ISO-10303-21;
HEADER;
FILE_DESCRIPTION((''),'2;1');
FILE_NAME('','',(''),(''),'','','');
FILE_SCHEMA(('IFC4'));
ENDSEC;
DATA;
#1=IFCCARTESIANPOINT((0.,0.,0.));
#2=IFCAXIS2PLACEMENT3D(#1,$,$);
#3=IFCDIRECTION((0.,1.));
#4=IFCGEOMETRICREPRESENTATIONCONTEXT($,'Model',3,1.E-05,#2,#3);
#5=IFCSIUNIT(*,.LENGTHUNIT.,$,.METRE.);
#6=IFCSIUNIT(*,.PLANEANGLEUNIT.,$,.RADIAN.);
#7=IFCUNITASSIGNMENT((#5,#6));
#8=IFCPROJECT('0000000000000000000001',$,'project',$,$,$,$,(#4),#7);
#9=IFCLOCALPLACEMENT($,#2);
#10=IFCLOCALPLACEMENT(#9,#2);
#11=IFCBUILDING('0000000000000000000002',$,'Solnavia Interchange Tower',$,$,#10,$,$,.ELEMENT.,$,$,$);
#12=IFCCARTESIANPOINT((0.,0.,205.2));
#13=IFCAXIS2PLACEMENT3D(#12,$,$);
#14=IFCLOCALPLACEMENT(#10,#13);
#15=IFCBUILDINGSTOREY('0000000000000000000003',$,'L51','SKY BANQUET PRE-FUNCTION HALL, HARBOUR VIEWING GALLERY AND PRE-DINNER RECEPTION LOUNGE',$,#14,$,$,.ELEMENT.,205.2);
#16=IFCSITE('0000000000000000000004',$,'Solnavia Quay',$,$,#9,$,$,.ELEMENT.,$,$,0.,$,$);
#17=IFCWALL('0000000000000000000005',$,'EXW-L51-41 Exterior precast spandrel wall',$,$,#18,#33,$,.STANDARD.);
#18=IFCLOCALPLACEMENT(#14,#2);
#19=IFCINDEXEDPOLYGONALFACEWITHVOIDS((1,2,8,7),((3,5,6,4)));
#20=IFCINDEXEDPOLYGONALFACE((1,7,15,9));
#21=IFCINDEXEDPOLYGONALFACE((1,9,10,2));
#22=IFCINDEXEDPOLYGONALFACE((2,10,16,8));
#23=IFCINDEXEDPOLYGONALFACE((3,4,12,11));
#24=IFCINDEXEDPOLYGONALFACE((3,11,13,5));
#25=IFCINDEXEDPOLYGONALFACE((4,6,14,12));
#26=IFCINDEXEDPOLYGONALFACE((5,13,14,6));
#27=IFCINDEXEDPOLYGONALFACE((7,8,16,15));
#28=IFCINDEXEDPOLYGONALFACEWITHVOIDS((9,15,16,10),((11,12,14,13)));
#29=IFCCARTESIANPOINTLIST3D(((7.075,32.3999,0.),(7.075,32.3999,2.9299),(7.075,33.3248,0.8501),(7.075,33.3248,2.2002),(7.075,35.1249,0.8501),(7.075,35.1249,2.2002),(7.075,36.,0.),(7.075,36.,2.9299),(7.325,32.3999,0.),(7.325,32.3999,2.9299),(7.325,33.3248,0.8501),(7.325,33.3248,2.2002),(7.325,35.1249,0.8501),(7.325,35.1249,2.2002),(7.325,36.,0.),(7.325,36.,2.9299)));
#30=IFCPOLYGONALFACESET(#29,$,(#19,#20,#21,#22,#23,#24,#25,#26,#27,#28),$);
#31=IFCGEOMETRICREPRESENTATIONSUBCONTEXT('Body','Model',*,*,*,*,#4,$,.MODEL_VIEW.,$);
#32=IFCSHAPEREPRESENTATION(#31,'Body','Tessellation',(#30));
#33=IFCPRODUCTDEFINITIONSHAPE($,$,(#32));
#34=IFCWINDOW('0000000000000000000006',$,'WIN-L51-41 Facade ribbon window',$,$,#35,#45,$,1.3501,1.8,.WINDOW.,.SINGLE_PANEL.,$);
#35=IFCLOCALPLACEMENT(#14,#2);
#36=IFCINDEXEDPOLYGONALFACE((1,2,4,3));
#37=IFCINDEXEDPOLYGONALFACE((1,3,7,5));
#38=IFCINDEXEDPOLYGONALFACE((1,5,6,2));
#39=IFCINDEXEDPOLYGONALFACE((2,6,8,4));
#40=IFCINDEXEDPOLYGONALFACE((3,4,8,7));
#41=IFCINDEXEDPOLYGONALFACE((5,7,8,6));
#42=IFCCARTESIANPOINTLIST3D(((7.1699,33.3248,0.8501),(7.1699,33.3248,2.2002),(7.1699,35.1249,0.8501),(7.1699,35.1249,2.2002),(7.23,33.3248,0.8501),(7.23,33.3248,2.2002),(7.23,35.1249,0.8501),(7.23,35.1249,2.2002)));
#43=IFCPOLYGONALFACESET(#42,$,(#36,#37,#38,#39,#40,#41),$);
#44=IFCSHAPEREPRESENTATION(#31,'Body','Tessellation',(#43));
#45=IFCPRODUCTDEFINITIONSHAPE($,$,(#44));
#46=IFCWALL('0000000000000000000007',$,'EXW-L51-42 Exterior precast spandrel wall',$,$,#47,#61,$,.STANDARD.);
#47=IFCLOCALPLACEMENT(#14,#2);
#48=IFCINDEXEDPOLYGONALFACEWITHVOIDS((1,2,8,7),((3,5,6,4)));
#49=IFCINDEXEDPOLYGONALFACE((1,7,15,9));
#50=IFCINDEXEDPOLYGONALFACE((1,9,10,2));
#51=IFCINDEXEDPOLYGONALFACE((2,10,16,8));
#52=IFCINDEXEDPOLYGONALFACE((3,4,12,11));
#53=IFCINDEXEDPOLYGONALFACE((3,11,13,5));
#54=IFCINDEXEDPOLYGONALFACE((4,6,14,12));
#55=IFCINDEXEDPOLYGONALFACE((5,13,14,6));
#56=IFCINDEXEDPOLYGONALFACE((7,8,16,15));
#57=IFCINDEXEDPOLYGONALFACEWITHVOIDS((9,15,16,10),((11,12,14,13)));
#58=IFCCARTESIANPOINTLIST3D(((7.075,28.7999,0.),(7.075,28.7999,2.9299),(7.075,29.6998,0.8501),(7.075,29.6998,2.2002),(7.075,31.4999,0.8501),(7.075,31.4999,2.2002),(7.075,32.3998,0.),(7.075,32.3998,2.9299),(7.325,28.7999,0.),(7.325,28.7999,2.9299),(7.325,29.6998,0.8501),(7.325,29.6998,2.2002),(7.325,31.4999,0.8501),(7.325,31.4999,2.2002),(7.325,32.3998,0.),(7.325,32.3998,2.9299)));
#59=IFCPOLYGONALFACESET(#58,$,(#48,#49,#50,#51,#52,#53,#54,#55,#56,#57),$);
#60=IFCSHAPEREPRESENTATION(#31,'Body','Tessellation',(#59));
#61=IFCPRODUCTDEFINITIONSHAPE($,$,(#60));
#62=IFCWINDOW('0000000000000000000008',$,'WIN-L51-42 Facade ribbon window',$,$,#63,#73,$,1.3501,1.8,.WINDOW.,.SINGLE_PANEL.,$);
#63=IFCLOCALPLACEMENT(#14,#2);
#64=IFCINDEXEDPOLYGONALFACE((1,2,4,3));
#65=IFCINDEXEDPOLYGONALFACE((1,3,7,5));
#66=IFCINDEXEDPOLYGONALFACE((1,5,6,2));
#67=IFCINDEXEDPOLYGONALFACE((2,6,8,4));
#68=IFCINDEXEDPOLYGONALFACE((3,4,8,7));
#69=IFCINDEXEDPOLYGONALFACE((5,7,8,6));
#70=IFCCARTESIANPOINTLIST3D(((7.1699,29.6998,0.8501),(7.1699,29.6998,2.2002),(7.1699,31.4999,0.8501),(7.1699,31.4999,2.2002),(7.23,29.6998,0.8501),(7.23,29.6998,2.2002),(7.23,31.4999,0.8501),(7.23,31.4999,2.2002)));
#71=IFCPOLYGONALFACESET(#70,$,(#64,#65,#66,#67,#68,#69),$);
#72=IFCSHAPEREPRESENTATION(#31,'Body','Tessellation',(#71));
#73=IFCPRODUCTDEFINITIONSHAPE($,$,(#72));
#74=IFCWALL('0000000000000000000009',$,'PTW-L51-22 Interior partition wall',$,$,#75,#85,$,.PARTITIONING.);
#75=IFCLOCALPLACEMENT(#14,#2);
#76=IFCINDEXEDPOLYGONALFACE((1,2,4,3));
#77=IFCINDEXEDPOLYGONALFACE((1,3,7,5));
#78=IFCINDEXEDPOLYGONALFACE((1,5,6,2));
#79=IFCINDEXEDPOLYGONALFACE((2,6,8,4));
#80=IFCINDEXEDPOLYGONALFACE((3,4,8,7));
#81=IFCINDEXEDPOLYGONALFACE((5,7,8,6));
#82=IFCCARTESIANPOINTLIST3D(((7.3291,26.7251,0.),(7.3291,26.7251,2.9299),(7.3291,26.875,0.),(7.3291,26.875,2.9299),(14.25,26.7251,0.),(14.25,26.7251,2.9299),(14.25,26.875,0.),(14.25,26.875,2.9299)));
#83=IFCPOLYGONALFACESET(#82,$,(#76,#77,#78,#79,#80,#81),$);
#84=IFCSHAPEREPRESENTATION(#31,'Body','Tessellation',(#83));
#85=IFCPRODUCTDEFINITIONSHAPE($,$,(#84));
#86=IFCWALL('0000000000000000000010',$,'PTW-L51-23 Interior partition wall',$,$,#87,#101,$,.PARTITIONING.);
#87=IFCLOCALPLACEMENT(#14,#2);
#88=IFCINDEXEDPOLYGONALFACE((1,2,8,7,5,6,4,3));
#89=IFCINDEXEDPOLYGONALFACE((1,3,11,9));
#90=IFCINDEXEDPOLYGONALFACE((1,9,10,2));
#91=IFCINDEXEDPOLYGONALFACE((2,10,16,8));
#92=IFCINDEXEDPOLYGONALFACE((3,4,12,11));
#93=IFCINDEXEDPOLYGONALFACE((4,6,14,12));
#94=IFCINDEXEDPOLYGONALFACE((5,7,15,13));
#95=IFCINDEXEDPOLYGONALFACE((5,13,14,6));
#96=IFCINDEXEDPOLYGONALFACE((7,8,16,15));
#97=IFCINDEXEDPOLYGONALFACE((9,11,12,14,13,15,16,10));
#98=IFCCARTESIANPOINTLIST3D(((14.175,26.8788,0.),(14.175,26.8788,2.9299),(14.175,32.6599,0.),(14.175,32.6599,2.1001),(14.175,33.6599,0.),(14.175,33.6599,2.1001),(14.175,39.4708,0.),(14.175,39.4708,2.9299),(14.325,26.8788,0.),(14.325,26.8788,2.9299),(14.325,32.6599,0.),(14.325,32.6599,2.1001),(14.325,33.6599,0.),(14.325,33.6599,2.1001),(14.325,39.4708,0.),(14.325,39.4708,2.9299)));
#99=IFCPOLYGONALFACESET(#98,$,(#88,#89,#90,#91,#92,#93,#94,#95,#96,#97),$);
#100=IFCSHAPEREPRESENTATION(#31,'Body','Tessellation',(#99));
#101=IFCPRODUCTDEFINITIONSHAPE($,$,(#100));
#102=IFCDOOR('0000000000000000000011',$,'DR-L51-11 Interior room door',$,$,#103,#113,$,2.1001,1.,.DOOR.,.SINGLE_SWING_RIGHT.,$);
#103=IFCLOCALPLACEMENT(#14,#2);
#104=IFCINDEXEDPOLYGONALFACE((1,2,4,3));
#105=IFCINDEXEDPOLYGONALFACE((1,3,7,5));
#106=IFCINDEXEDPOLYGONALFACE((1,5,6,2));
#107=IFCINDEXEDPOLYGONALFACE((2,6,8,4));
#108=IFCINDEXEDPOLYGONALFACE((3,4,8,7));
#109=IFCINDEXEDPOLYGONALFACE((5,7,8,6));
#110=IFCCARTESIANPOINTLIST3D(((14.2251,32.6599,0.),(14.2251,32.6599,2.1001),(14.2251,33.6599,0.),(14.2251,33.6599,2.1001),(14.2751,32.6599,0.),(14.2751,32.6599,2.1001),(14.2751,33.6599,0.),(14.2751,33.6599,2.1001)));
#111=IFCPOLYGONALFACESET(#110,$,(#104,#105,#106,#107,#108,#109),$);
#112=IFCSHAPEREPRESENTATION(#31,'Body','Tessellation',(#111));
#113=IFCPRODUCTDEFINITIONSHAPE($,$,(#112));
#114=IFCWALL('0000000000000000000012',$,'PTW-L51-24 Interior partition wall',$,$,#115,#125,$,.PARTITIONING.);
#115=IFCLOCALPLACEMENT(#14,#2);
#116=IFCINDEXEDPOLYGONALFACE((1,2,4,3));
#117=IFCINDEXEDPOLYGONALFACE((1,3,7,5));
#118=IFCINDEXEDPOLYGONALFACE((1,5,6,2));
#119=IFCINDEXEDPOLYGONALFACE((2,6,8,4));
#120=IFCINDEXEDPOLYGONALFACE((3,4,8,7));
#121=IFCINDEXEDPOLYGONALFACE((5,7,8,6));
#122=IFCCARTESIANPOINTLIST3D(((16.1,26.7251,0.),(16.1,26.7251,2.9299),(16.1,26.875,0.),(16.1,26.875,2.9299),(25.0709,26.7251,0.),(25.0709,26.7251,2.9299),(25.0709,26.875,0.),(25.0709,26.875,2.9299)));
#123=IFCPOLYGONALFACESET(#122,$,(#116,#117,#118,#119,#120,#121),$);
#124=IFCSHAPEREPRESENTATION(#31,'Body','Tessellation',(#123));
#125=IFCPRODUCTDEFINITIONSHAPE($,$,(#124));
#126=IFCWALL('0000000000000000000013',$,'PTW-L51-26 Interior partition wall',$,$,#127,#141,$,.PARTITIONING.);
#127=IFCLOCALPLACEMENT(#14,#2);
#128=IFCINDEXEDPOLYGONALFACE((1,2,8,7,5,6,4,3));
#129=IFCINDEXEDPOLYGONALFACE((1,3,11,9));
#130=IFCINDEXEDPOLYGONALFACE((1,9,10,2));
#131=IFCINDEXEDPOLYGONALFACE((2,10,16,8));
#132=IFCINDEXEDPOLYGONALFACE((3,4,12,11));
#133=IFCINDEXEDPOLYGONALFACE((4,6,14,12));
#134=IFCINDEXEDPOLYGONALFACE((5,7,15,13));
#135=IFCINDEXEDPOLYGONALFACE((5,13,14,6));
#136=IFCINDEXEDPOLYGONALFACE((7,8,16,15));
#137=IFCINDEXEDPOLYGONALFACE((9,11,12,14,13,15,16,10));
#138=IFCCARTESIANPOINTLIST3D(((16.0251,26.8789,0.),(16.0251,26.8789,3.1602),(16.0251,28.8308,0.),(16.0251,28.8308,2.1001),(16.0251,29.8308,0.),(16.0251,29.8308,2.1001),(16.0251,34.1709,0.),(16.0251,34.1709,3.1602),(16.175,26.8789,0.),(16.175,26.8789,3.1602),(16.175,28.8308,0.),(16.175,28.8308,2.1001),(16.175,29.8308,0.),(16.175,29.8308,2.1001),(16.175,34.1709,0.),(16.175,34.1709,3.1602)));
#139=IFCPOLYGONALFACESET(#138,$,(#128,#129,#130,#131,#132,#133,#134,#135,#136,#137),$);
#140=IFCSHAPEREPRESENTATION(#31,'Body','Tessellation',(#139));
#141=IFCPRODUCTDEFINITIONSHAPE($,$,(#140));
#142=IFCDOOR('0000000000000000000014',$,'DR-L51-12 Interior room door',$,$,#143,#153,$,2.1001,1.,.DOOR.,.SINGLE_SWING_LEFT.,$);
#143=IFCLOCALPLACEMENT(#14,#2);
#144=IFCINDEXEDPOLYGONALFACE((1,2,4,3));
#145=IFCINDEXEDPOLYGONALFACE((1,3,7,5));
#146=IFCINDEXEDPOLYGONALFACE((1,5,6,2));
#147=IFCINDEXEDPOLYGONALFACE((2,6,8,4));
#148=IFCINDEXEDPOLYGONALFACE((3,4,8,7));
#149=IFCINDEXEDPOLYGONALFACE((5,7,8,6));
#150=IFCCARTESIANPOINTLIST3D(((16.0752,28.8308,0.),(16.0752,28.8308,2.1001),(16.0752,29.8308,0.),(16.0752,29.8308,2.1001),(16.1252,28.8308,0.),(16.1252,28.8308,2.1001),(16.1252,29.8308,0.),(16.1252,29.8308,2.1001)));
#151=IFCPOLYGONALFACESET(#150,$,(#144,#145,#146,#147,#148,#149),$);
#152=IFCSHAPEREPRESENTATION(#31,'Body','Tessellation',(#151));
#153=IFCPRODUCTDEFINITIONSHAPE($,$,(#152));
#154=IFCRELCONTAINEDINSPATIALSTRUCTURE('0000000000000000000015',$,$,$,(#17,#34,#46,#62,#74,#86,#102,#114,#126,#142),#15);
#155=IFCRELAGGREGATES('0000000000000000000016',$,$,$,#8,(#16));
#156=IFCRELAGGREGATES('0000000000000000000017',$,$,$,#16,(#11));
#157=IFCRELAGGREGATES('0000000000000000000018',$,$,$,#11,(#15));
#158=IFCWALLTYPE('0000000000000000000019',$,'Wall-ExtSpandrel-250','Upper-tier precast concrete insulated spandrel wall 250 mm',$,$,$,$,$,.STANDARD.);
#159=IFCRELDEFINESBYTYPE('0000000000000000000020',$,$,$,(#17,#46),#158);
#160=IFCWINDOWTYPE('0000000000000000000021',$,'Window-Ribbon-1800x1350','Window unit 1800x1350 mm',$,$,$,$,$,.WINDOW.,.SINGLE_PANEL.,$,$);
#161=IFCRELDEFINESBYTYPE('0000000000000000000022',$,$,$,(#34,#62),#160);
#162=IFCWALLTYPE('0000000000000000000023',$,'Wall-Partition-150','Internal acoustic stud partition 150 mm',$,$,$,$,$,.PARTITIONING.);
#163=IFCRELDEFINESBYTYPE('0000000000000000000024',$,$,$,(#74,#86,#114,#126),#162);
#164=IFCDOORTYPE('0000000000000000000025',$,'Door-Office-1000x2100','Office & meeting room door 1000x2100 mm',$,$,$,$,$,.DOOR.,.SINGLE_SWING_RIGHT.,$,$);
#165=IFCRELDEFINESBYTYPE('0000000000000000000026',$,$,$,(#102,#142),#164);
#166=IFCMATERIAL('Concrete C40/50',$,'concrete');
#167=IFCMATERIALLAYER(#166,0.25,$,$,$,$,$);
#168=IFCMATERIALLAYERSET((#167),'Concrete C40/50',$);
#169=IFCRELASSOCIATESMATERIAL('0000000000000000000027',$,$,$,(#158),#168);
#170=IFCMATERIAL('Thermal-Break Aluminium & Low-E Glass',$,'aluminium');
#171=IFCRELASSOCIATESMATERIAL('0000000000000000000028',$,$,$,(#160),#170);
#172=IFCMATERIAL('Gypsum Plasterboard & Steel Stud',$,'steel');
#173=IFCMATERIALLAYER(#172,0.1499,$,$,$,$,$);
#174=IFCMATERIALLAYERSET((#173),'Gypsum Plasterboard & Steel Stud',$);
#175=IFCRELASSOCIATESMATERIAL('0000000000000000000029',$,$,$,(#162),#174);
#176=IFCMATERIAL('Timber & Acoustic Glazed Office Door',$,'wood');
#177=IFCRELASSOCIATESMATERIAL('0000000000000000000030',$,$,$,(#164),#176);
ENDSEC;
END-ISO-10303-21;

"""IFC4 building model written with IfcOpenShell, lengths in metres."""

from ifc_helpers import new_model, si_unit, direction, frame, frame_2d, origin, place, context, subcontext, project, spatial, rectangle, extrude, material, layer, layer_set, type_object, element, fill, save


model = new_model("IFC4")

# Units and contexts
model_context = context("Model", 3, precision=1e-05, world=origin(), true_north=direction((0.0, 1.0)))
body_context = subcontext(model_context, "Body", "Model", "MODEL_VIEW")
ifc_project = project(units=[si_unit("LENGTHUNIT", "METRE"), si_unit("PLANEANGLEUNIT", "RADIAN")], contexts=[model_context])

# Site, building, storey
site_placement = place(None, origin())
site = spatial("IfcSite", under=ifc_project, at=site_placement, Name="Solnavia Quay", CompositionType="ELEMENT", RefElevation=0.0)
building_placement = place(site_placement, origin())
building = spatial("IfcBuilding", under=site, at=building_placement, Name="Solnavia Interchange Tower", CompositionType="ELEMENT")
storey_placement = place(building_placement, frame((0.0, 0.0, 205.2)))
storey = spatial("IfcBuildingStorey", under=building, at=storey_placement, Name="L51", Description="SKY BANQUET PRE-FUNCTION HALL, HARBOUR VIEWING GALLERY AND PRE-DINNER RECEPTION LOUNGE", CompositionType="ELEMENT", Elevation=205.2)

# Walls, openings, windows
ifc_material_1 = material(Name="Concrete C40/50", Category="concrete")
ifc_layer_1 = layer(ifc_material_1, 0.25)
ifc_layer_set_1 = layer_set([ifc_layer_1], Name="Concrete C40/50")
wall_type_1 = type_object("IfcWallType", Name="Wall-ExtSpandrel-250", Description="Upper-tier precast concrete insulated spandrel wall 250 mm", PredefinedType="STANDARD", material=ifc_layer_set_1)
wall_1_placement = place(storey_placement, frame((7.2, 32.3999, 0.0), z_axis=(0.0, 0.0, 1.0), x_axis=(0.0, 1.0, 0.0)))
wall_1 = element("IfcWall", 1, at=wall_1_placement, inside=storey, type_object=wall_type_1, Name="EXW-L51-41 Exterior precast spandrel wall", PredefinedType="STANDARD", context=body_context, shape_type="SweptSolid", body=[
    extrude(rectangle(XDim=3.6001, YDim=0.25, at=frame_2d((1.8, 0.0))), origin(), (0.0, 0.0, 1.0), 2.9299),
])
opening_1_placement = place(wall_1_placement, frame((0.925, 0.0, 0.8501)))
opening_1 = element("IfcOpeningElement", 2, at=opening_1_placement, cuts=wall_1, PredefinedType="OPENING", context=body_context, shape_type="SweptSolid", body=[
    extrude(rectangle(XDim=1.8, YDim=1.3501, at=frame_2d((0.8999, 0.675))), frame((0.0, 0.135, 0.0), z_axis=(0.0, -1.0, 0.0), x_axis=(1.0, 0.0, 0.0)), (0.0, 0.0, 1.0), 0.27),
])
ifc_material_2 = material(Name="Thermal-Break Aluminium & Low-E Glass", Category="aluminium")
window_type = type_object("IfcWindowType", Name="Window-Ribbon-1800x1350", Description="Window unit 1800x1350 mm", PartitioningType="SINGLE_PANEL", PredefinedType="WINDOW", material=ifc_material_2)
window_1_placement = place(opening_1_placement, origin())
window_1 = element("IfcWindow", 3, at=window_1_placement, inside=storey, type_object=window_type, Name="WIN-L51-41 Facade ribbon window", OverallHeight=1.3501, OverallWidth=1.8, PartitioningType="SINGLE_PANEL", PredefinedType="WINDOW", context=body_context, shape_type="SweptSolid", body=[
    extrude(rectangle(XDim=1.8, YDim=1.3501, at=frame_2d((0.8999, 0.675))), frame((0.0, 0.03, 0.0), z_axis=(0.0, -1.0, 0.0), x_axis=(1.0, 0.0, 0.0)), (0.0, 0.0, 1.0), 0.0601),
])
fill(opening_1, window_1)
wall_2_placement = place(storey_placement, frame((7.2, 28.8, 0.0), z_axis=(0.0, 0.0, 1.0), x_axis=(0.0, 1.0, 0.0)))
wall_2 = element("IfcWall", 4, at=wall_2_placement, inside=storey, type_object=wall_type_1, Name="EXW-L51-42 Exterior precast spandrel wall", PredefinedType="STANDARD", context=body_context, shape_type="SweptSolid", body=[
    extrude(rectangle(XDim=3.5999, YDim=0.25, at=frame_2d((1.7998, 0.0))), origin(), (0.0, 0.0, 1.0), 2.9299),
])
opening_2_placement = place(wall_2_placement, frame((0.8999, 0.0, 0.8501)))
opening_2 = element("IfcOpeningElement", 5, at=opening_2_placement, cuts=wall_2, PredefinedType="OPENING", context=body_context, shape_type="SweptSolid", body=[
    extrude(rectangle(XDim=1.8, YDim=1.3501, at=frame_2d((0.8999, 0.675))), frame((0.0, 0.135, 0.0), z_axis=(0.0, -1.0, 0.0), x_axis=(1.0, 0.0, 0.0)), (0.0, 0.0, 1.0), 0.27),
])
window_2_placement = place(opening_2_placement, origin())
window_2 = element("IfcWindow", 6, at=window_2_placement, inside=storey, type_object=window_type, Name="WIN-L51-42 Facade ribbon window", OverallHeight=1.3501, OverallWidth=1.8, PartitioningType="SINGLE_PANEL", PredefinedType="WINDOW", context=body_context, shape_type="SweptSolid", body=[
    extrude(rectangle(XDim=1.8, YDim=1.3501, at=frame_2d((0.8999, 0.675))), frame((0.0, 0.03, 0.0), z_axis=(0.0, -1.0, 0.0), x_axis=(1.0, 0.0, 0.0)), (0.0, 0.0, 1.0), 0.0601),
])
fill(opening_2, window_2)

# Wall
ifc_material_3 = material(Name="Gypsum Plasterboard & Steel Stud", Category="steel")
ifc_layer_2 = layer(ifc_material_3, 0.1499)
ifc_layer_set_2 = layer_set([ifc_layer_2], Name="Gypsum Plasterboard & Steel Stud")
wall_type_2 = type_object("IfcWallType", Name="Wall-Partition-150", Description="Internal acoustic stud partition 150 mm", PredefinedType="PARTITIONING", material=ifc_layer_set_2)
wall_3_placement = place(storey_placement, frame((7.3291, 26.8, 0.0), z_axis=(0.0, 0.0, 1.0), x_axis=(1.0, 0.0, 0.0)))
element("IfcWall", 7, at=wall_3_placement, inside=storey, type_object=wall_type_2, Name="PTW-L51-22 Interior partition wall", PredefinedType="PARTITIONING", context=body_context, shape_type="SweptSolid", body=[
    extrude(rectangle(XDim=6.9209, YDim=0.1499, at=frame_2d((3.4604, 0.0))), origin(), (0.0, 0.0, 1.0), 2.9299),
])

# Wall, opening, door
wall_4_placement = place(storey_placement, frame((14.25, 26.8789, 0.0), z_axis=(0.0, 0.0, 1.0), x_axis=(0.0, 1.0, 0.0)))
wall_4 = element("IfcWall", 8, at=wall_4_placement, inside=storey, type_object=wall_type_2, Name="PTW-L51-23 Interior partition wall", PredefinedType="PARTITIONING", context=body_context, shape_type="SweptSolid", body=[
    extrude(rectangle(XDim=12.592, YDim=0.1499, at=frame_2d((6.2959, 0.0))), origin(), (0.0, 0.0, 1.0), 2.9299),
])
opening_3_placement = place(wall_4_placement, frame((5.781, 0.0, 0.0)))
opening_3 = element("IfcOpeningElement", 9, at=opening_3_placement, cuts=wall_4, PredefinedType="OPENING", context=body_context, shape_type="SweptSolid", body=[
    extrude(rectangle(XDim=1.0, YDim=2.1001, at=frame_2d((0.5, 1.05))), frame((0.0, 0.085, 0.0), z_axis=(0.0, -1.0, 0.0), x_axis=(1.0, 0.0, 0.0)), (0.0, 0.0, 1.0), 0.1699),
])
ifc_material_4 = material(Name="Timber & Acoustic Glazed Office Door", Category="wood")
door_type = type_object("IfcDoorType", Name="Door-Office-1000x2100", Description="Office & meeting room door 1000x2100 mm", OperationType="SINGLE_SWING_RIGHT", PredefinedType="DOOR", material=ifc_material_4)
door_1_placement = place(opening_3_placement, origin())
door_1 = element("IfcDoor", 10, at=door_1_placement, inside=storey, type_object=door_type, Name="DR-L51-11 Interior room door", OperationType="SINGLE_SWING_RIGHT", OverallHeight=2.1001, OverallWidth=1.0, PredefinedType="DOOR", context=body_context, shape_type="SweptSolid", body=[
    extrude(rectangle(XDim=1.0, YDim=2.1001, at=frame_2d((0.5, 1.05))), frame((0.0, 0.0249, 0.0), z_axis=(0.0, -1.0, 0.0), x_axis=(1.0, 0.0, 0.0)), (0.0, 0.0, 1.0), 0.05),
])
fill(opening_3, door_1)

# Wall
wall_5_placement = place(storey_placement, frame((16.1001, 26.8, 0.0), z_axis=(0.0, 0.0, 1.0), x_axis=(1.0, 0.0, 0.0)))
element("IfcWall", 11, at=wall_5_placement, inside=storey, type_object=wall_type_2, Name="PTW-L51-24 Interior partition wall", PredefinedType="PARTITIONING", context=body_context, shape_type="SweptSolid", body=[
    extrude(rectangle(XDim=8.9709, YDim=0.1499, at=frame_2d((4.4854, 0.0))), origin(), (0.0, 0.0, 1.0), 2.9299),
])

# Wall, opening, door
wall_6_placement = place(storey_placement, frame((16.1001, 26.8789, 0.0), z_axis=(0.0, 0.0, 1.0), x_axis=(0.0, 1.0, 0.0)))
wall_6 = element("IfcWall", 12, at=wall_6_placement, inside=storey, type_object=wall_type_2, Name="PTW-L51-26 Interior partition wall", PredefinedType="PARTITIONING", context=body_context, shape_type="SweptSolid", body=[
    extrude(rectangle(XDim=7.292, YDim=0.1499, at=frame_2d((3.646, 0.0))), origin(), (0.0, 0.0, 1.0), 3.1602),
])
opening_4_placement = place(wall_6_placement, frame((1.9519, 0.0, 0.0)))
opening_4 = element("IfcOpeningElement", 13, at=opening_4_placement, cuts=wall_6, PredefinedType="OPENING", context=body_context, shape_type="SweptSolid", body=[
    extrude(rectangle(XDim=1.0, YDim=2.1001, at=frame_2d((0.5, 1.05))), frame((0.0, 0.085, 0.0), z_axis=(0.0, -1.0, 0.0), x_axis=(1.0, 0.0, 0.0)), (0.0, 0.0, 1.0), 0.1699),
])
door_2_placement = place(opening_4_placement, origin())
door_2 = element("IfcDoor", 14, at=door_2_placement, inside=storey, type_object=door_type, Name="DR-L51-12 Interior room door", OperationType="SINGLE_SWING_LEFT", OverallHeight=2.1001, OverallWidth=1.0, PredefinedType="DOOR", context=body_context, shape_type="SweptSolid", body=[
    extrude(rectangle(XDim=1.0, YDim=2.1001, at=frame_2d((0.5, 1.05))), frame((0.0, 0.0249, 0.0), z_axis=(0.0, -1.0, 0.0), x_axis=(1.0, 0.0, 0.0)), (0.0, 0.0, 1.0), 0.05),
])
fill(opening_4, door_2)

save(model, "model.ifc")
